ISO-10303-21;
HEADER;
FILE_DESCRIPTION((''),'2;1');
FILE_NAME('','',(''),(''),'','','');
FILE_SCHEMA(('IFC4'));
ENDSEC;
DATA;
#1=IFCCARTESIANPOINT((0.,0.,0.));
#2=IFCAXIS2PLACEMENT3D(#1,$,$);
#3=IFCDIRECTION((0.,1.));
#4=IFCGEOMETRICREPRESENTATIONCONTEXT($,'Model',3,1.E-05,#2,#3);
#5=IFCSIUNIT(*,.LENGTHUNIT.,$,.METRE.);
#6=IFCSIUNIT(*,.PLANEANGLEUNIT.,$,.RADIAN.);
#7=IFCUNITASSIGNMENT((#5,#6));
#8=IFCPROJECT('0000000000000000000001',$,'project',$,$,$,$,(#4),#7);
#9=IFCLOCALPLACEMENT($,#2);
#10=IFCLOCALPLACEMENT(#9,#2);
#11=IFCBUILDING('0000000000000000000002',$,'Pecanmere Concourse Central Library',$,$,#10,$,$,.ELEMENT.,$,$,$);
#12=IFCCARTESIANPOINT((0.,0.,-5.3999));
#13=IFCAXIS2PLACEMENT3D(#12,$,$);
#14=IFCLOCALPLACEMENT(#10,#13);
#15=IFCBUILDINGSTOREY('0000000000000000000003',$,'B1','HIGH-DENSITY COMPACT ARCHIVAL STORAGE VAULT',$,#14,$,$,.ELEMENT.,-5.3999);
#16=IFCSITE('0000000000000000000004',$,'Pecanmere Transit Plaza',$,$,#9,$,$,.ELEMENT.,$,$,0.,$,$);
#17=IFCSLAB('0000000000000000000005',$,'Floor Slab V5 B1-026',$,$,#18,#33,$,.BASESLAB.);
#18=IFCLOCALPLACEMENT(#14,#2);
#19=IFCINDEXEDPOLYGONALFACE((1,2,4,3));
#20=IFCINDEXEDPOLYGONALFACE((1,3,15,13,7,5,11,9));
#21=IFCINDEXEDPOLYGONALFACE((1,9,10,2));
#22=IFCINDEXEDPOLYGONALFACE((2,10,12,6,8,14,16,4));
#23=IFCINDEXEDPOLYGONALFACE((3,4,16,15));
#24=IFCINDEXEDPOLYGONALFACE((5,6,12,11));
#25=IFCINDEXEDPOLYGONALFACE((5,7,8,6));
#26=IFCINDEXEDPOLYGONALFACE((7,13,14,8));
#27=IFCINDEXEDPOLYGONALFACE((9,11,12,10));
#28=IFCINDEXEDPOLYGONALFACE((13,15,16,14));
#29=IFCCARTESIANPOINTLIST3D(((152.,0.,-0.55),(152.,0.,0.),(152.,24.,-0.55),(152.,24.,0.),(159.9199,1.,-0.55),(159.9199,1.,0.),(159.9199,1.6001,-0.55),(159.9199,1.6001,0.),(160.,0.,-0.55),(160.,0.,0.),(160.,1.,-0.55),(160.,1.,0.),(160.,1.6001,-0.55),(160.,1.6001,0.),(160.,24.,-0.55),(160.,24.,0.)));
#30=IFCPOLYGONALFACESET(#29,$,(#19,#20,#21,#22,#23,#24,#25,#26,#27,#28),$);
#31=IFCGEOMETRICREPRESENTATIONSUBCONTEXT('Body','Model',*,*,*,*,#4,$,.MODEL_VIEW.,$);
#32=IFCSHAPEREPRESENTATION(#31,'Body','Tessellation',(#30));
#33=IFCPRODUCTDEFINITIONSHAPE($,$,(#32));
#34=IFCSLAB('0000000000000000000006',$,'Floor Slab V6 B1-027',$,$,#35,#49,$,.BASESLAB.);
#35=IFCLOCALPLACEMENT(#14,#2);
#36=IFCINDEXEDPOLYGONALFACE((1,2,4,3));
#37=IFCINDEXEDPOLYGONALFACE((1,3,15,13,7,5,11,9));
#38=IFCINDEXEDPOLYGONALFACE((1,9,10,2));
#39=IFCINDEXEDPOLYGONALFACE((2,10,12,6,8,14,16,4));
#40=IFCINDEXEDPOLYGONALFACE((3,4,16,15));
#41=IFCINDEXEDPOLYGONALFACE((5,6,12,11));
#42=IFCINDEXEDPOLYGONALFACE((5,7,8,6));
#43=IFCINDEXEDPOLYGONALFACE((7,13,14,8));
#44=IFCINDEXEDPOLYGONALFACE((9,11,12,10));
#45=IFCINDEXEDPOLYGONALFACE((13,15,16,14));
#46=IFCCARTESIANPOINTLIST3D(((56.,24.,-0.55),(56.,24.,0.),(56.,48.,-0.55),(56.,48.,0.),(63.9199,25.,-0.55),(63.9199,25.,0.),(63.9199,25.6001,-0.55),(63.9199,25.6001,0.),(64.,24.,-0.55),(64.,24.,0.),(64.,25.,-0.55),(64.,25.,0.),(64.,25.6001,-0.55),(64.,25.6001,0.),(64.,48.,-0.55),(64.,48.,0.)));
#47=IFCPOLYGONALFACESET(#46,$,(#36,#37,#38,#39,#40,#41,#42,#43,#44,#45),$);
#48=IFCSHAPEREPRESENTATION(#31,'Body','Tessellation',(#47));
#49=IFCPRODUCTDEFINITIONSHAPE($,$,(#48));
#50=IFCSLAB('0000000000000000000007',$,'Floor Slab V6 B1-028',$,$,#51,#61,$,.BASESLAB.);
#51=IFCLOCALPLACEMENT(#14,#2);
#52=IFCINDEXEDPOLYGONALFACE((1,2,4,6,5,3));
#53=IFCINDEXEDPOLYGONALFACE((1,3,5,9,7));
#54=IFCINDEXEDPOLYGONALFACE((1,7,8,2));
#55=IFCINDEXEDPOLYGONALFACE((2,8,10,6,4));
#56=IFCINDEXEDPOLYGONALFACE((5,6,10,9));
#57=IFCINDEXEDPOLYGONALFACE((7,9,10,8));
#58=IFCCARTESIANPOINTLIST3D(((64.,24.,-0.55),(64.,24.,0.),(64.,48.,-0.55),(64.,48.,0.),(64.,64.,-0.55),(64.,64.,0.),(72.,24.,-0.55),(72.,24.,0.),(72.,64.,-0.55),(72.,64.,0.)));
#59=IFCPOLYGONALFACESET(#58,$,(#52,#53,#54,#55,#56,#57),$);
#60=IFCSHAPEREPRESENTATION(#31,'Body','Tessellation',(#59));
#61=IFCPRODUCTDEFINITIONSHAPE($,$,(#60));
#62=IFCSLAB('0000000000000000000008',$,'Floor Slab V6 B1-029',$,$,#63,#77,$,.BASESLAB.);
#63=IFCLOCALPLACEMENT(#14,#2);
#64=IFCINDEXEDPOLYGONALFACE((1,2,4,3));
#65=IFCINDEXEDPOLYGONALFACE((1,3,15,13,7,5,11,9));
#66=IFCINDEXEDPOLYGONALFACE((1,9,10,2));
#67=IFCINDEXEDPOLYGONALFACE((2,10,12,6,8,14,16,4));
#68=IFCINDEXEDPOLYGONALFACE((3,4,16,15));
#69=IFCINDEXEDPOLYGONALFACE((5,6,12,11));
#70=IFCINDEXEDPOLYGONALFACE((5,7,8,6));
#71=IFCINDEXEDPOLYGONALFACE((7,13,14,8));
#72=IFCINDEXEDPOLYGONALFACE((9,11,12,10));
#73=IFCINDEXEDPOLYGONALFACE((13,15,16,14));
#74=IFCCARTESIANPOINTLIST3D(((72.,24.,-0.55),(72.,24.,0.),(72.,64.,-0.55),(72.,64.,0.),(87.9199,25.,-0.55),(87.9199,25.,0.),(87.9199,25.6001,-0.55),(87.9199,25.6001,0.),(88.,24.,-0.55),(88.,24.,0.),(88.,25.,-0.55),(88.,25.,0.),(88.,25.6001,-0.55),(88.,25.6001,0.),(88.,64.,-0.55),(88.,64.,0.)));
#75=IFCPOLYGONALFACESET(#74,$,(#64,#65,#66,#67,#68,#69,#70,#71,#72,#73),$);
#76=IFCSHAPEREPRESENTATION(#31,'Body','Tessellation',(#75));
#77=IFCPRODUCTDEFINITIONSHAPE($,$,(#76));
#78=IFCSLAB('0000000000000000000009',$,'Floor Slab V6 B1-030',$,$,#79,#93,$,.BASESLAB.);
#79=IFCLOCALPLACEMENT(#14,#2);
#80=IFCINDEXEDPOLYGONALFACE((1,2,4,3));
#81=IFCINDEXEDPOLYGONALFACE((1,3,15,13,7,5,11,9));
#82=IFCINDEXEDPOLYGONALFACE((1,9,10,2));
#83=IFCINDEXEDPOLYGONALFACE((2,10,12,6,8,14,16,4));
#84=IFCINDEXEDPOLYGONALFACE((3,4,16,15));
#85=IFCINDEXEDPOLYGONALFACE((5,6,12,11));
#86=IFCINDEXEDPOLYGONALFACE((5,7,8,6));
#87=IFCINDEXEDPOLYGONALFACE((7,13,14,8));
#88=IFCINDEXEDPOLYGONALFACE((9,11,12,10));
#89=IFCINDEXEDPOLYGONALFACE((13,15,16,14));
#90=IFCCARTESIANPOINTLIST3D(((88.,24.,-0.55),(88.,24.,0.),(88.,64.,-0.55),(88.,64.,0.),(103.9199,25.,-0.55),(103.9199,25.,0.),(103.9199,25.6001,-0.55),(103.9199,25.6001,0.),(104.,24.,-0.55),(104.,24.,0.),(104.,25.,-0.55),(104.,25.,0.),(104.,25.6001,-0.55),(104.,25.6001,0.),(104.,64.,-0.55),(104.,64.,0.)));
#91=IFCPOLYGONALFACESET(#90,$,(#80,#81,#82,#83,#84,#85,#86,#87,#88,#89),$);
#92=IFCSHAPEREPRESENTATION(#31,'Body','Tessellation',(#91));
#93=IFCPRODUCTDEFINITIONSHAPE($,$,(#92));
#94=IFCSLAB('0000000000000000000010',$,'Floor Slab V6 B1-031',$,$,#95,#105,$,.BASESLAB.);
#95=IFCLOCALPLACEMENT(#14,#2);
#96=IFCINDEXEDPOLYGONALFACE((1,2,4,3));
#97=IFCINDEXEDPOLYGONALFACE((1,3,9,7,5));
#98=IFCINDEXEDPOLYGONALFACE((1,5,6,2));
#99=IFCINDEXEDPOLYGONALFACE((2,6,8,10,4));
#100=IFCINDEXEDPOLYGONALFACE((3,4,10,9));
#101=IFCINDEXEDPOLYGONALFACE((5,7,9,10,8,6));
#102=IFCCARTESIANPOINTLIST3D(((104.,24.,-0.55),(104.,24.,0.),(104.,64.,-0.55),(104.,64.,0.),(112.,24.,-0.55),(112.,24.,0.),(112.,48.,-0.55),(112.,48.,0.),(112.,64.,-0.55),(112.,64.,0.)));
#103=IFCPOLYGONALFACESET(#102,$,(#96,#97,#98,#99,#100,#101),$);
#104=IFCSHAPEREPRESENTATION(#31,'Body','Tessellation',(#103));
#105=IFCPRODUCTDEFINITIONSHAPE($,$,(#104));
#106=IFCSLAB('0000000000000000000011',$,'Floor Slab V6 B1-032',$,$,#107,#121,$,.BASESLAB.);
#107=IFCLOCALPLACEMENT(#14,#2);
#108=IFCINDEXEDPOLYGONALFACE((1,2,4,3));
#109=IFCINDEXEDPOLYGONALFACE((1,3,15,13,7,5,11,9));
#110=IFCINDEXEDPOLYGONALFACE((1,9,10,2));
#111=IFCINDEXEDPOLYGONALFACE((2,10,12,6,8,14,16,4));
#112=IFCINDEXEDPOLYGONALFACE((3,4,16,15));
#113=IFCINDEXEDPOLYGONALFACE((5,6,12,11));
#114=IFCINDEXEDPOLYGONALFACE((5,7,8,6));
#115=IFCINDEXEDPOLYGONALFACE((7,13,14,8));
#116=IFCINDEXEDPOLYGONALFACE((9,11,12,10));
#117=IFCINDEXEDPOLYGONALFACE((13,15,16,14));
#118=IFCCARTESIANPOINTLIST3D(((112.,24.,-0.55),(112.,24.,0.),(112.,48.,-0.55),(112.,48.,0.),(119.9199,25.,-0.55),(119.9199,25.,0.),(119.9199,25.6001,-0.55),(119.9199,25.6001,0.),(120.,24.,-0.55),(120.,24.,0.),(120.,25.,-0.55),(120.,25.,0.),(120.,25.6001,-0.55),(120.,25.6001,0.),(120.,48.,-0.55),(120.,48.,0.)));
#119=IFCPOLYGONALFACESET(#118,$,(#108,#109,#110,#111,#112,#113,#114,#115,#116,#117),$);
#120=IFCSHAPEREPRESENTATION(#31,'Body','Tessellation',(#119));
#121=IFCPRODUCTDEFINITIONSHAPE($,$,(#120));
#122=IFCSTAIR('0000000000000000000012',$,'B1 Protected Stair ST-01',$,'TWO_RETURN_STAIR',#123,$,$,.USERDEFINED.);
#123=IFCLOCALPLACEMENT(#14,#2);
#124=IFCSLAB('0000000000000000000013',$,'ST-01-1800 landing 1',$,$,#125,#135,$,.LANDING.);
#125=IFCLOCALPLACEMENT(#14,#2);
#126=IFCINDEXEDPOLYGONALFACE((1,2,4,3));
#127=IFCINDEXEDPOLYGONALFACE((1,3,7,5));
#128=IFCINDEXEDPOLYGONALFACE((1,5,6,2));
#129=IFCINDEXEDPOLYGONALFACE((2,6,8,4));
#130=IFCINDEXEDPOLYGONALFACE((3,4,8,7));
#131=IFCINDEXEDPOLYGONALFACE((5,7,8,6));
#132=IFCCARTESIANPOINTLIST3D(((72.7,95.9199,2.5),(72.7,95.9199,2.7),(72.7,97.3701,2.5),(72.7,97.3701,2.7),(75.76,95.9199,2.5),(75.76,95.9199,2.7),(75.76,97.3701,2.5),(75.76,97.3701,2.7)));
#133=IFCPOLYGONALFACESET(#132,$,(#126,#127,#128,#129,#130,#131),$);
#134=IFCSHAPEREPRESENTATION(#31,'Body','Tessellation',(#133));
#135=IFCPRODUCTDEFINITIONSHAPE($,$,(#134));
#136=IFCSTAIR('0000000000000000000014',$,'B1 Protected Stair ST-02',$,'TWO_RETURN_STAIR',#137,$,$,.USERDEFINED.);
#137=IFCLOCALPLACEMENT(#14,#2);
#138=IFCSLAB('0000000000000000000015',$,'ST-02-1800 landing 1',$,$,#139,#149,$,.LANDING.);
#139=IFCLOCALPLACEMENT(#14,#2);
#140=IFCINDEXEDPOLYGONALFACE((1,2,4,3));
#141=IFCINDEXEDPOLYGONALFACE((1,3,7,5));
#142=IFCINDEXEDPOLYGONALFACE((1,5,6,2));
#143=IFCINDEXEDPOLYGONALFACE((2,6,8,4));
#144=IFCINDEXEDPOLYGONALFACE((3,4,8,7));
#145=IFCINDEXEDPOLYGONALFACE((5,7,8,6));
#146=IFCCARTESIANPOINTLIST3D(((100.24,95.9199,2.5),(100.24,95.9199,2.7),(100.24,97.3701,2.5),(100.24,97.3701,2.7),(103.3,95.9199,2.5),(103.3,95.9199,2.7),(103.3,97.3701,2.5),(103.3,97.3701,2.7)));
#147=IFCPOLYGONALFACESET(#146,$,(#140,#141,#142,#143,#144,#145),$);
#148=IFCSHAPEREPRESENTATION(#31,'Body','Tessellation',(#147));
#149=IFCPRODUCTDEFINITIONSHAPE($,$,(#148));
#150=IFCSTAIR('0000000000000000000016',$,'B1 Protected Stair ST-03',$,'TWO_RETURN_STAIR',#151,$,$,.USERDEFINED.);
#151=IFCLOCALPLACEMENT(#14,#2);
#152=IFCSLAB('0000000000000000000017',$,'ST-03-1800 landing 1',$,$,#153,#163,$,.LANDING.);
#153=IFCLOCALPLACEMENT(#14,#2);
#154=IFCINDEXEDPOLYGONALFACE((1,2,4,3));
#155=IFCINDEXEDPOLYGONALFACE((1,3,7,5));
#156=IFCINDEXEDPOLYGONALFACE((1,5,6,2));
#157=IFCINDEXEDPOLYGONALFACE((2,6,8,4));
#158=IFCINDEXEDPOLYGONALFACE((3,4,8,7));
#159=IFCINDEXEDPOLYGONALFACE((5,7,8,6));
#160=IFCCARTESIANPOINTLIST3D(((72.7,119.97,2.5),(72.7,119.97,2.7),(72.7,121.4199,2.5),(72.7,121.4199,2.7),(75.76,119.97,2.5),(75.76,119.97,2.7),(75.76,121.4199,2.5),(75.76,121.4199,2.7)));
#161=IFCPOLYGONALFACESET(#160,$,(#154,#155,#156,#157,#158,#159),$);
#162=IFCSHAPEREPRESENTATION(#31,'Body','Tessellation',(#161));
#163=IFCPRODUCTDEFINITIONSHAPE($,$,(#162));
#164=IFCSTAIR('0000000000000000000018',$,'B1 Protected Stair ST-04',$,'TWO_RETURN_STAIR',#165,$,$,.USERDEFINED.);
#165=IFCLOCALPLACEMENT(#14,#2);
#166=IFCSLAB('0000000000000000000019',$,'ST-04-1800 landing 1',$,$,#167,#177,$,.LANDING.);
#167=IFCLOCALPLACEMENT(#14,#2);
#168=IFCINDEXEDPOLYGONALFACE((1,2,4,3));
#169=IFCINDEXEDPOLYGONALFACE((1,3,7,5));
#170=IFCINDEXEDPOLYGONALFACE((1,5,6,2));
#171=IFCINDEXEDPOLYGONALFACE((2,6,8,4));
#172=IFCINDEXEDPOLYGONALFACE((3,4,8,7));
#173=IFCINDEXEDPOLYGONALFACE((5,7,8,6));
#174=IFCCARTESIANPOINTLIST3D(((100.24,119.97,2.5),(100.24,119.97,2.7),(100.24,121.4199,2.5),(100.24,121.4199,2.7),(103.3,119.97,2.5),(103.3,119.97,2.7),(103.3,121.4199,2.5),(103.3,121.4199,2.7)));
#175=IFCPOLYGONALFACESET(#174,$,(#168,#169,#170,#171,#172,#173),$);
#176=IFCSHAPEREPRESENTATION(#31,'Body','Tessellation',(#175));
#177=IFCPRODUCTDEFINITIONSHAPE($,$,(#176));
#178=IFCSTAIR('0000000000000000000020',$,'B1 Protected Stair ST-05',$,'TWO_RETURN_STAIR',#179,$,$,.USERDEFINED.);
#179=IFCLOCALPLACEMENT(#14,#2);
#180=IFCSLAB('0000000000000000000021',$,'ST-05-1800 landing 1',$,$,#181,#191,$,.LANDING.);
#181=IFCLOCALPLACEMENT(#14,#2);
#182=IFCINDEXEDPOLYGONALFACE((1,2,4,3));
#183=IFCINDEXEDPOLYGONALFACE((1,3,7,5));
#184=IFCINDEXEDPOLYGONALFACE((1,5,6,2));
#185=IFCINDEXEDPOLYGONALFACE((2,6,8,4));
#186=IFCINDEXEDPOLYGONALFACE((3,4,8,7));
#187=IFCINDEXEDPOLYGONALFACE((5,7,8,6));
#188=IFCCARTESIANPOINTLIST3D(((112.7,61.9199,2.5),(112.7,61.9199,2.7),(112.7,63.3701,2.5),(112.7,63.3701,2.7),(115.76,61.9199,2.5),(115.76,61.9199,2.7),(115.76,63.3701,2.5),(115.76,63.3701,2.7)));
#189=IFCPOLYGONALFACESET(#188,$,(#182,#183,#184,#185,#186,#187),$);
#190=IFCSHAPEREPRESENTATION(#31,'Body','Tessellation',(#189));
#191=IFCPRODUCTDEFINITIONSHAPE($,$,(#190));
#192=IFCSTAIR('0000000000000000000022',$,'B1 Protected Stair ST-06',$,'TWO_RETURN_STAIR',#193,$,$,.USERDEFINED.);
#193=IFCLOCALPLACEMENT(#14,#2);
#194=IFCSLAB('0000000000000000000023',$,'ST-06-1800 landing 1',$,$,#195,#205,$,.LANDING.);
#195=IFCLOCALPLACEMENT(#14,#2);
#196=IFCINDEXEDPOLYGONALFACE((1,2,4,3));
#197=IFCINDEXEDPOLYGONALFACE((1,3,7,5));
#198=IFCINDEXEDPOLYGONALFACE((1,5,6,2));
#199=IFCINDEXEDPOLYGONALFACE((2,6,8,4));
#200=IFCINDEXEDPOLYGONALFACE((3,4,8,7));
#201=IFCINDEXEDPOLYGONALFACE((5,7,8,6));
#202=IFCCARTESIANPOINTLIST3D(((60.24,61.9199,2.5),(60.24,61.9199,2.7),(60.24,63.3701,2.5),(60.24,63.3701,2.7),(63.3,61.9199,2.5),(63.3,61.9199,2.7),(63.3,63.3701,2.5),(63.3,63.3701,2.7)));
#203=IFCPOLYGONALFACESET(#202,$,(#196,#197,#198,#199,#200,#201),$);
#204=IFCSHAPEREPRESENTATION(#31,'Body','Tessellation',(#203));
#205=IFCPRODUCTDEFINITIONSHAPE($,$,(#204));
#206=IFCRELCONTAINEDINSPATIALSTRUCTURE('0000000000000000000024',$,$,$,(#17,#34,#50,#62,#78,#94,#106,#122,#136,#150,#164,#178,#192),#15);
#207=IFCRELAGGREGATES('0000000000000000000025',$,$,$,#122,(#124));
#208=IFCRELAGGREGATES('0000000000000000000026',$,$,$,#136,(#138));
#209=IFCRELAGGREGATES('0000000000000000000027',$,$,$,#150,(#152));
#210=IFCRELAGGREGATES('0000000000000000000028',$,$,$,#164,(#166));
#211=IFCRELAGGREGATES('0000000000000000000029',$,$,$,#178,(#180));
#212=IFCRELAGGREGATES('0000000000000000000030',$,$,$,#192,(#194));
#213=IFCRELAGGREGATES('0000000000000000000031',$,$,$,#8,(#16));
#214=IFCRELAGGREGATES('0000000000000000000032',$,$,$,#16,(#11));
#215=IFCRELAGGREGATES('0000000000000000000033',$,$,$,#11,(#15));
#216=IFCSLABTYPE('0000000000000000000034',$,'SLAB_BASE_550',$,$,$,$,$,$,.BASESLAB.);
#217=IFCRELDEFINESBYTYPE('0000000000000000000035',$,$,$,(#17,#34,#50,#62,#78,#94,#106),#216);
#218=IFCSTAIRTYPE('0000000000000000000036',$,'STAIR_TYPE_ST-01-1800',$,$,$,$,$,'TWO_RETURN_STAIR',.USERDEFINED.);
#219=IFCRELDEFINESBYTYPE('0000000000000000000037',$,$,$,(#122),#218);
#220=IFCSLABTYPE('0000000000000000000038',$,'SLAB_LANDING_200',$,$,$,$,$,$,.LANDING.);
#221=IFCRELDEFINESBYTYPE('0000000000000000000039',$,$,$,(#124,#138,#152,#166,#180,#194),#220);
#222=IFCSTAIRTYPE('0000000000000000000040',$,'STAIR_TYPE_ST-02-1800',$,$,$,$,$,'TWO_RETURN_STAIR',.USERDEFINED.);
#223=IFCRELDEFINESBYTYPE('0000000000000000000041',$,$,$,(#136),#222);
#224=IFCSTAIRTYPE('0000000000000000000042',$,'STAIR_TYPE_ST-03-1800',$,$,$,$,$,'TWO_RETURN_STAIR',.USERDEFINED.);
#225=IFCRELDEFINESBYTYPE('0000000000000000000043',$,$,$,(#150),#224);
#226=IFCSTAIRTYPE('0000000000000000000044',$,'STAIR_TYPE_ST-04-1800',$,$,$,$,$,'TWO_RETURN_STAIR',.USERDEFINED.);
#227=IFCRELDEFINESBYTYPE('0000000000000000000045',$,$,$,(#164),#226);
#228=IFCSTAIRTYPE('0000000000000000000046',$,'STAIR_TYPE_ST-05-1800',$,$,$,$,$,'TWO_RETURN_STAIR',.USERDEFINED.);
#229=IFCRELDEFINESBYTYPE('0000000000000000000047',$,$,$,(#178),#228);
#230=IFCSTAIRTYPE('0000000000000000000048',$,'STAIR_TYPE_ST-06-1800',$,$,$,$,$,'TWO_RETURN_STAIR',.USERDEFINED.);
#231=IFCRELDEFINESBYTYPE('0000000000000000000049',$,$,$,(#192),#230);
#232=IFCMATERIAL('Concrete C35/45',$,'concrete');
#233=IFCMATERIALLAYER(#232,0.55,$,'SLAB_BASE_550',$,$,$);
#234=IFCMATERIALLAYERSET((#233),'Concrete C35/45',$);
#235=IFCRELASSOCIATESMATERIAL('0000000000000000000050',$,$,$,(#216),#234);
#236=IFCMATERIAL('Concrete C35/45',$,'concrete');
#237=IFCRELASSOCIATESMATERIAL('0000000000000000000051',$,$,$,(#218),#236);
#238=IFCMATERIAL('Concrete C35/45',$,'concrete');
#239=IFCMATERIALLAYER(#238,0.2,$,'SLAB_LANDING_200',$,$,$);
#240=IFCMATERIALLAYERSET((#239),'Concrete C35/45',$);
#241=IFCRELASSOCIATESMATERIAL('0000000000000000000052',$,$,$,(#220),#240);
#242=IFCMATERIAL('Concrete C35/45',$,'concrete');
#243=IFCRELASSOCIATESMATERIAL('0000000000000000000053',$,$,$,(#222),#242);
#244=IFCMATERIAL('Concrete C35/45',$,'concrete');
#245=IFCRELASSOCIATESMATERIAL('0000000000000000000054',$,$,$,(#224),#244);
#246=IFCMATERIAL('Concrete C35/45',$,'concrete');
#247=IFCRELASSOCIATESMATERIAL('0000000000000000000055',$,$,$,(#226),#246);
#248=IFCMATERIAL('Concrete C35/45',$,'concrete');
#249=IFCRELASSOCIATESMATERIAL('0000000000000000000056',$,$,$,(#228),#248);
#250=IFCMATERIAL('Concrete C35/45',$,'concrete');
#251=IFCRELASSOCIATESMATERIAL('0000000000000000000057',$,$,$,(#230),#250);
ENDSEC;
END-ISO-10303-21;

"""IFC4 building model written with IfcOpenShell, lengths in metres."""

from ifc_helpers import new_model, si_unit, direction, frame, origin, place, context, subcontext, project, spatial, polyline, outline, extrude, material, layer, layer_set, type_object, element, aggregate, save


model = new_model("IFC4")

# Units and contexts
model_context = context("Model", 3, precision=1e-05, world=origin(), true_north=direction((0.0, 1.0)))
body_context = subcontext(model_context, "Body", "Model", "MODEL_VIEW")
ifc_project = project(units=[si_unit("LENGTHUNIT", "METRE"), si_unit("PLANEANGLEUNIT", "RADIAN")], contexts=[model_context])

# Site, building, storey
site_placement = place(None, origin())
site = spatial("IfcSite", under=ifc_project, at=site_placement, Name="Pecanmere Transit Plaza", CompositionType="ELEMENT", RefElevation=0.0)
building_placement = place(site_placement, origin())
building = spatial("IfcBuilding", under=site, at=building_placement, Name="Pecanmere Concourse Central Library", CompositionType="ELEMENT")
storey_placement = place(building_placement, frame((0.0, 0.0, -5.3999)))
storey = spatial("IfcBuildingStorey", under=building, at=storey_placement, Name="B1", Description="HIGH-DENSITY COMPACT ARCHIVAL STORAGE VAULT", CompositionType="ELEMENT", Elevation=-5.3999)

# Slabs
ifc_material_1 = material(Name="Concrete C35/45", Category="concrete")
ifc_layer_1 = layer(ifc_material_1, 0.55, Name="SLAB_BASE_550")
ifc_layer_set_1 = layer_set([ifc_layer_1], Name="Concrete C35/45")
slab_type_1 = type_object("IfcSlabType", Name="SLAB_BASE_550", PredefinedType="BASESLAB", material=ifc_layer_set_1)
slab_1_placement = place(storey_placement, frame((0.0, 0.0, -0.55)))
element("IfcSlab", 1, at=slab_1_placement, inside=storey, type_object=slab_type_1, Name="Floor Slab V5 B1-026", PredefinedType="BASESLAB", context=body_context, shape_type="SweptSolid", body=[
    extrude(outline(polyline([(152.0, 0.0), (152.0, 24.0), (160.0, 24.0), (160.0, 1.6001), (159.9199, 1.6001), (159.9199, 1.0), (160.0, 1.0), (160.0, 0.0), (152.0, 0.0)])), origin(), (0.0, 0.0, 1.0), 0.55),
])
slab_2_placement = place(storey_placement, frame((0.0, 0.0, -0.55)))
element("IfcSlab", 2, at=slab_2_placement, inside=storey, type_object=slab_type_1, Name="Floor Slab V6 B1-027", PredefinedType="BASESLAB", context=body_context, shape_type="SweptSolid", body=[
    extrude(outline(polyline([(64.0, 48.0), (64.0, 25.6001), (63.9199, 25.6001), (63.9199, 25.0), (64.0, 25.0), (64.0, 24.0), (56.0, 24.0), (56.0, 48.0), (64.0, 48.0)])), origin(), (0.0, 0.0, 1.0), 0.55),
])
slab_3_placement = place(storey_placement, frame((0.0, 0.0, -0.55)))
element("IfcSlab", 3, at=slab_3_placement, inside=storey, type_object=slab_type_1, Name="Floor Slab V6 B1-028", PredefinedType="BASESLAB", context=body_context, shape_type="SweptSolid", body=[
    extrude(outline(polyline([(64.0, 48.0), (64.0, 64.0), (72.0, 64.0), (72.0, 24.0), (64.0, 24.0), (64.0, 48.0)])), origin(), (0.0, 0.0, 1.0), 0.55),
])
slab_4_placement = place(storey_placement, frame((0.0, 0.0, -0.55)))
element("IfcSlab", 4, at=slab_4_placement, inside=storey, type_object=slab_type_1, Name="Floor Slab V6 B1-029", PredefinedType="BASESLAB", context=body_context, shape_type="SweptSolid", body=[
    extrude(outline(polyline([(88.0, 64.0), (88.0, 25.6001), (87.9199, 25.6001), (87.9199, 25.0), (88.0, 25.0), (88.0, 24.0), (72.0, 24.0), (72.0, 64.0), (88.0, 64.0)])), origin(), (0.0, 0.0, 1.0), 0.55),
])
slab_5_placement = place(storey_placement, frame((0.0, 0.0, -0.55)))
element("IfcSlab", 5, at=slab_5_placement, inside=storey, type_object=slab_type_1, Name="Floor Slab V6 B1-030", PredefinedType="BASESLAB", context=body_context, shape_type="SweptSolid", body=[
    extrude(outline(polyline([(104.0, 64.0), (104.0, 25.6001), (103.9199, 25.6001), (103.9199, 25.0), (104.0, 25.0), (104.0, 24.0), (88.0, 24.0), (88.0, 64.0), (104.0, 64.0)])), origin(), (0.0, 0.0, 1.0), 0.55),
])
slab_6_placement = place(storey_placement, frame((0.0, 0.0, -0.55)))
element("IfcSlab", 6, at=slab_6_placement, inside=storey, type_object=slab_type_1, Name="Floor Slab V6 B1-031", PredefinedType="BASESLAB", context=body_context, shape_type="SweptSolid", body=[
    extrude(outline(polyline([(104.0, 64.0), (112.0, 64.0), (112.0, 48.0), (112.0, 24.0), (104.0, 24.0), (104.0, 64.0)])), origin(), (0.0, 0.0, 1.0), 0.55),
])
slab_7_placement = place(storey_placement, frame((0.0, 0.0, -0.55)))
element("IfcSlab", 7, at=slab_7_placement, inside=storey, type_object=slab_type_1, Name="Floor Slab V6 B1-032", PredefinedType="BASESLAB", context=body_context, shape_type="SweptSolid", body=[
    extrude(outline(polyline([(120.0, 48.0), (120.0, 25.6001), (119.9199, 25.6001), (119.9199, 25.0), (120.0, 25.0), (120.0, 24.0), (112.0, 24.0), (112.0, 48.0), (120.0, 48.0)])), origin(), (0.0, 0.0, 1.0), 0.55),
])

# Stairs, slabs
ifc_material_2 = material(Name="Concrete C35/45", Category="concrete")
stair_type_1 = type_object("IfcStairType", Name="STAIR_TYPE_ST-01-1800", ElementType="TWO_RETURN_STAIR", PredefinedType="USERDEFINED", material=ifc_material_2)
stair_1_placement = place(storey_placement, origin())
stair_1 = element("IfcStair", 8, at=stair_1_placement, inside=storey, type_object=stair_type_1, Name="B1 Protected Stair ST-01", ObjectType="TWO_RETURN_STAIR", PredefinedType="USERDEFINED")
ifc_material_3 = material(Name="Concrete C35/45", Category="concrete")
ifc_layer_2 = layer(ifc_material_3, 0.2, Name="SLAB_LANDING_200")
ifc_layer_set_2 = layer_set([ifc_layer_2], Name="Concrete C35/45")
slab_type_2 = type_object("IfcSlabType", Name="SLAB_LANDING_200", PredefinedType="LANDING", material=ifc_layer_set_2)
slab_8_placement = place(storey_placement, frame((0.0, 0.0, 2.5)))
slab_8 = element("IfcSlab", 9, at=slab_8_placement, type_object=slab_type_2, Name="ST-01-1800 landing 1", PredefinedType="LANDING", context=body_context, shape_type="SweptSolid", body=[
    extrude(outline(polyline([(75.76, 95.9199), (75.76, 97.3701), (72.7, 97.3701), (72.7, 95.9199), (75.76, 95.9199)])), origin(), (0.0, 0.0, 1.0), 0.2),
])
aggregate(stair_1, [slab_8])
ifc_material_4 = material(Name="Concrete C35/45", Category="concrete")
stair_type_2 = type_object("IfcStairType", Name="STAIR_TYPE_ST-02-1800", ElementType="TWO_RETURN_STAIR", PredefinedType="USERDEFINED", material=ifc_material_4)
stair_2_placement = place(storey_placement, origin())
stair_2 = element("IfcStair", 10, at=stair_2_placement, inside=storey, type_object=stair_type_2, Name="B1 Protected Stair ST-02", ObjectType="TWO_RETURN_STAIR", PredefinedType="USERDEFINED")
slab_9_placement = place(storey_placement, frame((0.0, 0.0, 2.5)))
slab_9 = element("IfcSlab", 11, at=slab_9_placement, type_object=slab_type_2, Name="ST-02-1800 landing 1", PredefinedType="LANDING", context=body_context, shape_type="SweptSolid", body=[
    extrude(outline(polyline([(103.3, 95.9199), (103.3, 97.3701), (100.24, 97.3701), (100.24, 95.9199), (103.3, 95.9199)])), origin(), (0.0, 0.0, 1.0), 0.2),
])
aggregate(stair_2, [slab_9])
ifc_material_5 = material(Name="Concrete C35/45", Category="concrete")
stair_type_3 = type_object("IfcStairType", Name="STAIR_TYPE_ST-03-1800", ElementType="TWO_RETURN_STAIR", PredefinedType="USERDEFINED", material=ifc_material_5)
stair_3_placement = place(storey_placement, origin())
stair_3 = element("IfcStair", 12, at=stair_3_placement, inside=storey, type_object=stair_type_3, Name="B1 Protected Stair ST-03", ObjectType="TWO_RETURN_STAIR", PredefinedType="USERDEFINED")
slab_10_placement = place(storey_placement, frame((0.0, 0.0, 2.5)))
slab_10 = element("IfcSlab", 13, at=slab_10_placement, type_object=slab_type_2, Name="ST-03-1800 landing 1", PredefinedType="LANDING", context=body_context, shape_type="SweptSolid", body=[
    extrude(outline(polyline([(75.76, 119.97), (75.76, 121.4199), (72.7, 121.4199), (72.7, 119.97), (75.76, 119.97)])), origin(), (0.0, 0.0, 1.0), 0.2),
])
aggregate(stair_3, [slab_10])
ifc_material_6 = material(Name="Concrete C35/45", Category="concrete")
stair_type_4 = type_object("IfcStairType", Name="STAIR_TYPE_ST-04-1800", ElementType="TWO_RETURN_STAIR", PredefinedType="USERDEFINED", material=ifc_material_6)
stair_4_placement = place(storey_placement, origin())
stair_4 = element("IfcStair", 14, at=stair_4_placement, inside=storey, type_object=stair_type_4, Name="B1 Protected Stair ST-04", ObjectType="TWO_RETURN_STAIR", PredefinedType="USERDEFINED")
slab_11_placement = place(storey_placement, frame((0.0, 0.0, 2.5)))
slab_11 = element("IfcSlab", 15, at=slab_11_placement, type_object=slab_type_2, Name="ST-04-1800 landing 1", PredefinedType="LANDING", context=body_context, shape_type="SweptSolid", body=[
    extrude(outline(polyline([(103.3, 119.97), (103.3, 121.4199), (100.24, 121.4199), (100.24, 119.97), (103.3, 119.97)])), origin(), (0.0, 0.0, 1.0), 0.2),
])
aggregate(stair_4, [slab_11])
ifc_material_7 = material(Name="Concrete C35/45", Category="concrete")
stair_type_5 = type_object("IfcStairType", Name="STAIR_TYPE_ST-05-1800", ElementType="TWO_RETURN_STAIR", PredefinedType="USERDEFINED", material=ifc_material_7)
stair_5_placement = place(storey_placement, origin())
stair_5 = element("IfcStair", 16, at=stair_5_placement, inside=storey, type_object=stair_type_5, Name="B1 Protected Stair ST-05", ObjectType="TWO_RETURN_STAIR", PredefinedType="USERDEFINED")
slab_12_placement = place(storey_placement, frame((0.0, 0.0, 2.5)))
slab_12 = element("IfcSlab", 17, at=slab_12_placement, type_object=slab_type_2, Name="ST-05-1800 landing 1", PredefinedType="LANDING", context=body_context, shape_type="SweptSolid", body=[
    extrude(outline(polyline([(115.76, 61.9199), (115.76, 63.3701), (112.7, 63.3701), (112.7, 61.9199), (115.76, 61.9199)])), origin(), (0.0, 0.0, 1.0), 0.2),
])
aggregate(stair_5, [slab_12])
ifc_material_8 = material(Name="Concrete C35/45", Category="concrete")
stair_type_6 = type_object("IfcStairType", Name="STAIR_TYPE_ST-06-1800", ElementType="TWO_RETURN_STAIR", PredefinedType="USERDEFINED", material=ifc_material_8)
stair_6_placement = place(storey_placement, origin())
stair_6 = element("IfcStair", 18, at=stair_6_placement, inside=storey, type_object=stair_type_6, Name="B1 Protected Stair ST-06", ObjectType="TWO_RETURN_STAIR", PredefinedType="USERDEFINED")
slab_13_placement = place(storey_placement, frame((0.0, 0.0, 2.5)))
slab_13 = element("IfcSlab", 19, at=slab_13_placement, type_object=slab_type_2, Name="ST-06-1800 landing 1", PredefinedType="LANDING", context=body_context, shape_type="SweptSolid", body=[
    extrude(outline(polyline([(63.3, 61.9199), (63.3, 63.3701), (60.24, 63.3701), (60.24, 61.9199), (63.3, 61.9199)])), origin(), (0.0, 0.0, 1.0), 0.2),
])
aggregate(stair_6, [slab_13])

save(model, "model.ifc")
